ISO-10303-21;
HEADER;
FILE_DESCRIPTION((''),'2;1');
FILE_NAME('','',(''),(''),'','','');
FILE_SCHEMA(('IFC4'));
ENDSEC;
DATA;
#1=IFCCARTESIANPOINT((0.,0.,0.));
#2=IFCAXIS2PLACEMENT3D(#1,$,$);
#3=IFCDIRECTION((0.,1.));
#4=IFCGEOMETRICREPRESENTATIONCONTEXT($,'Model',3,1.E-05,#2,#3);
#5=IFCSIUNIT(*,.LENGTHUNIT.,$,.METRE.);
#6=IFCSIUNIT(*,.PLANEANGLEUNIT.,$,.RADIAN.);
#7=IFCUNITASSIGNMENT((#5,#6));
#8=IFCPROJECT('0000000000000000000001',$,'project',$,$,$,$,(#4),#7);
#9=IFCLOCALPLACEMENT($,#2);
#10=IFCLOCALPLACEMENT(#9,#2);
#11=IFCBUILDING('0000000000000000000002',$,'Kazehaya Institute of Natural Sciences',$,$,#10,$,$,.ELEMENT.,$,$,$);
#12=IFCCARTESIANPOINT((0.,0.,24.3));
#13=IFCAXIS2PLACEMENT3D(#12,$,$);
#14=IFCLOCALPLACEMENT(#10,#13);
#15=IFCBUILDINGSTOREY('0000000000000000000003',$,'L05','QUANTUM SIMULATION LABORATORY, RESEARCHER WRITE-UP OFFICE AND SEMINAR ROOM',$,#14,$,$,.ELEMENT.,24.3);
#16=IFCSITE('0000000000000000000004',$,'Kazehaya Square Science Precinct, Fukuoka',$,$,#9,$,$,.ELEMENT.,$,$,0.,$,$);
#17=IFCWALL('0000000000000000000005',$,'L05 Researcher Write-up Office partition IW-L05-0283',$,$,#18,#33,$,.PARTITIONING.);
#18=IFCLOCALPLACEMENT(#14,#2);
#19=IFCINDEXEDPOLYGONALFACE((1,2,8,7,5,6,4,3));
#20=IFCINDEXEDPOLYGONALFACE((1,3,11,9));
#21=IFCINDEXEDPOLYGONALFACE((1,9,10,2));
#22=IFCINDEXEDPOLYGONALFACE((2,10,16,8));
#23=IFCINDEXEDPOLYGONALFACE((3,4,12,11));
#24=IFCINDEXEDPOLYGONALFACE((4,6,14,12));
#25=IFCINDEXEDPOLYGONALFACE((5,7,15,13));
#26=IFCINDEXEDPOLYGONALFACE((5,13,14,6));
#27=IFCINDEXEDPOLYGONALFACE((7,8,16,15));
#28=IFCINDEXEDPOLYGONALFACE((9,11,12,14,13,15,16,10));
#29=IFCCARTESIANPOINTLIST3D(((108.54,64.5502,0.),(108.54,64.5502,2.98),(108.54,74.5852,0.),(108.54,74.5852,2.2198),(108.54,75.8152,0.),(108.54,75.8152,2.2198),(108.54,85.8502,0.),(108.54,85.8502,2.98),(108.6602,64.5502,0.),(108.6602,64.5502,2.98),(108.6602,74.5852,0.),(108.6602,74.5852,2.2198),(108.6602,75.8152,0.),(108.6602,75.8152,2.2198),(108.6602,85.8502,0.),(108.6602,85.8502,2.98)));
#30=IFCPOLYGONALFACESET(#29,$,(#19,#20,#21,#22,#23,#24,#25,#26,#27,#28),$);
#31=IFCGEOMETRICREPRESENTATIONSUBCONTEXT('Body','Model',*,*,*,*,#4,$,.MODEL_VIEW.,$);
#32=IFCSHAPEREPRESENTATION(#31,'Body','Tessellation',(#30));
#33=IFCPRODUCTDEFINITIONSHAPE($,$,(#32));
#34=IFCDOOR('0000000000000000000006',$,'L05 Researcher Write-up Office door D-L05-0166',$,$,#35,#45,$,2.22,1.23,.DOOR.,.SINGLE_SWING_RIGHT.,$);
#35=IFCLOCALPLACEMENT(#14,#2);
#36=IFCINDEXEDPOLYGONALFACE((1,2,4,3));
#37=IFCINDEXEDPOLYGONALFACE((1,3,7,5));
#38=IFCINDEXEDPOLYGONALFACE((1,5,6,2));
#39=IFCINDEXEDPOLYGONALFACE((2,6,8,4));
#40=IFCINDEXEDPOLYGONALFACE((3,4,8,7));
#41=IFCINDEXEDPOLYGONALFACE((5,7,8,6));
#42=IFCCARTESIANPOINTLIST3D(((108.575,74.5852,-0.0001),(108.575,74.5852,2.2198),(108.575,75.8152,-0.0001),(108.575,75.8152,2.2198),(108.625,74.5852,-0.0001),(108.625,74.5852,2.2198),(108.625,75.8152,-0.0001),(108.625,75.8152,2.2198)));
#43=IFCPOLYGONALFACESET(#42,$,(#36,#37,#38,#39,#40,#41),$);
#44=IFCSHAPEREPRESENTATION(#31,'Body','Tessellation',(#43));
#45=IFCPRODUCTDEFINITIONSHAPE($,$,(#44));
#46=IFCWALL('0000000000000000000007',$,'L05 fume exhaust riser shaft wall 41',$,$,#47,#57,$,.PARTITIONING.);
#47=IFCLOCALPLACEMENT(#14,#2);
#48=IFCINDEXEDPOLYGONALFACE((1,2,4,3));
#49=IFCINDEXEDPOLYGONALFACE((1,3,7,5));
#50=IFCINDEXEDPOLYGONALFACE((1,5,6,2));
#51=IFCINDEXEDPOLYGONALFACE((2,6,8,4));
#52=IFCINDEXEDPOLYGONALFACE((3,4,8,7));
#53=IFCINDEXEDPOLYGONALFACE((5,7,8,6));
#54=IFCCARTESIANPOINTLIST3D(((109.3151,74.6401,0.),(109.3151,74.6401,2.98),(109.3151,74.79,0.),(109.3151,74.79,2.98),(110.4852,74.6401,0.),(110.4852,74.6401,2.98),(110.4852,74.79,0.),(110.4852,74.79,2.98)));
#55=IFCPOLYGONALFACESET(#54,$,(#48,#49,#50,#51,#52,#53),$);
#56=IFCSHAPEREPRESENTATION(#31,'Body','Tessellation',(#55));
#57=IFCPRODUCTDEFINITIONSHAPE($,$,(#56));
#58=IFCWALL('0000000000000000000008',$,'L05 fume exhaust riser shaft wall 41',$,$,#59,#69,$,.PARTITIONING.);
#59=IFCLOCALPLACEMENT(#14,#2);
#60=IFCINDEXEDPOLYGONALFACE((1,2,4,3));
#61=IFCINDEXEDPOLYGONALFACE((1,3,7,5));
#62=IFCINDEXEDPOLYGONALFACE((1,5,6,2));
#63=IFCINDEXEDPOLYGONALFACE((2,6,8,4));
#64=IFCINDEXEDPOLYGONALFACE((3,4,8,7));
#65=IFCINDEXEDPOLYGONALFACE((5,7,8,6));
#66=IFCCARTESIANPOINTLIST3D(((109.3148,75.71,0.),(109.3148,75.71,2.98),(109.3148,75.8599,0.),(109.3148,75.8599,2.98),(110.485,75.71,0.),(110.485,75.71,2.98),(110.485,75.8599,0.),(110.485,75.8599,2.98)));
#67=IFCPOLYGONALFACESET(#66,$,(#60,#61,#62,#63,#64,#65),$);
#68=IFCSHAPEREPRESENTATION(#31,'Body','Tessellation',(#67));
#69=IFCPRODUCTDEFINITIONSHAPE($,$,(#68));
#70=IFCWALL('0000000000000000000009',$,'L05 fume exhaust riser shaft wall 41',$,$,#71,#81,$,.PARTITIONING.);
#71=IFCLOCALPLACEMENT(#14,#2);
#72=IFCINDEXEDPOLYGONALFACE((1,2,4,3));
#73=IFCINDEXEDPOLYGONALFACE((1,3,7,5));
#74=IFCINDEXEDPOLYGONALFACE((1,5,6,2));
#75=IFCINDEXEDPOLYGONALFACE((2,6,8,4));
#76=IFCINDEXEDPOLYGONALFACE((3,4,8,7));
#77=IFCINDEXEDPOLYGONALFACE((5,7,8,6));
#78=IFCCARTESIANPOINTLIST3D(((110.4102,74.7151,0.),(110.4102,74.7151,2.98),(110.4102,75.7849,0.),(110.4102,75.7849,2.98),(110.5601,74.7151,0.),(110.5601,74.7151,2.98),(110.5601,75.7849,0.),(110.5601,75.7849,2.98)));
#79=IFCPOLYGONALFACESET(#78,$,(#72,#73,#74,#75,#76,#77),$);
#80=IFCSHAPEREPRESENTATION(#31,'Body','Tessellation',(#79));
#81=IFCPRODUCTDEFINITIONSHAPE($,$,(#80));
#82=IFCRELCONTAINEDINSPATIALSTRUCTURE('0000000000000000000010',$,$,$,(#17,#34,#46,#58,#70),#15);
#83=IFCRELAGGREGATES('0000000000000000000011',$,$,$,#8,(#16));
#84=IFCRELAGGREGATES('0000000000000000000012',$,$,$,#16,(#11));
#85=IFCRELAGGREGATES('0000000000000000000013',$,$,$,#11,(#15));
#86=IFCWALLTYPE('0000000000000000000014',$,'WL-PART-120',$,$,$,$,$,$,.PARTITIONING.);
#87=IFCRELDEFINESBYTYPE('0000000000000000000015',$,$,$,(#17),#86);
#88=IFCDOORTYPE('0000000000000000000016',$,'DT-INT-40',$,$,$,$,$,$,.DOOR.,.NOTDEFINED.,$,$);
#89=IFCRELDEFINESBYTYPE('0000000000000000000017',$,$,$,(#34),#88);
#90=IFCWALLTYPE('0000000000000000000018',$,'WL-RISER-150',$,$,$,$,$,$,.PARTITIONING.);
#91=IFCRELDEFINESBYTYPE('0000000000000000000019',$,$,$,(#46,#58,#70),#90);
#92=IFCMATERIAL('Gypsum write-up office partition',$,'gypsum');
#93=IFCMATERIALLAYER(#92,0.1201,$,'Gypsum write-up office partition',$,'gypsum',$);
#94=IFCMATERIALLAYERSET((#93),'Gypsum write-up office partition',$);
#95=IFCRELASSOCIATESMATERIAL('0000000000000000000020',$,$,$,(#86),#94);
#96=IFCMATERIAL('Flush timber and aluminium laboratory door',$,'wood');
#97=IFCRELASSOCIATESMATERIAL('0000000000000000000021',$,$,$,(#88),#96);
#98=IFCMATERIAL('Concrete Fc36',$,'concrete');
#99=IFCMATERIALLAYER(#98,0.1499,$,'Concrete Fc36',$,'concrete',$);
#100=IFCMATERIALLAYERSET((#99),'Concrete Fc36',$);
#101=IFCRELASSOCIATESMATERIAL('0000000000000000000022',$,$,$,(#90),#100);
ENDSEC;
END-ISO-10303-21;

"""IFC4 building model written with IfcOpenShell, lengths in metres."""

from ifc_helpers import new_model, si_unit, direction, frame, frame_2d, origin, place, context, subcontext, project, spatial, rectangle, extrude, material, layer, layer_set, type_object, element, fill, save


model = new_model("IFC4")

# Units and contexts
model_context = context("Model", 3, precision=1e-05, world=origin(), true_north=direction((0.0, 1.0)))
body_context = subcontext(model_context, "Body", "Model", "MODEL_VIEW")
ifc_project = project(units=[si_unit("LENGTHUNIT", "METRE"), si_unit("PLANEANGLEUNIT", "RADIAN")], contexts=[model_context])

# Site, building, storey
site_placement = place(None, origin())
site = spatial("IfcSite", under=ifc_project, at=site_placement, Name="Kazehaya Square Science Precinct, Fukuoka", CompositionType="ELEMENT", RefElevation=0.0)
building_placement = place(site_placement, origin())
building = spatial("IfcBuilding", under=site, at=building_placement, Name="Kazehaya Institute of Natural Sciences", CompositionType="ELEMENT")
storey_placement = place(building_placement, frame((0.0, 0.0, 24.3)))
storey = spatial("IfcBuildingStorey", under=building, at=storey_placement, Name="L05", Description="QUANTUM SIMULATION LABORATORY, RESEARCHER WRITE-UP OFFICE AND SEMINAR ROOM", CompositionType="ELEMENT", Elevation=24.3)

# Shared definitions
ifc_material_1 = material(Name="Concrete Fc36", Category="concrete")

# Wall, opening, door
ifc_material_2 = material(Name="Gypsum write-up office partition", Category="gypsum")
ifc_layer_1 = layer(ifc_material_2, 0.1201, Name="Gypsum write-up office partition", Category="gypsum")
ifc_layer_set_1 = layer_set([ifc_layer_1], Name="Gypsum write-up office partition")
wall_type_1 = type_object("IfcWallType", Name="WL-PART-120", PredefinedType="PARTITIONING", material=ifc_layer_set_1)
wall_1_placement = place(storey_placement, frame((108.6001, 85.8501, 0.0), z_axis=(0.0, 0.0, 1.0), x_axis=(0.0, -1.0, 0.0)))
wall_1 = element("IfcWall", 1, at=wall_1_placement, inside=storey, type_object=wall_type_1, Name="L05 Researcher Write-up Office partition IW-L05-0283", PredefinedType="PARTITIONING", context=body_context, shape_type="SweptSolid", body=[
    extrude(rectangle(XDim=21.3, YDim=0.1201, at=frame_2d((10.6499, 0.0))), origin(), (0.0, 0.0, 1.0), 2.98),
])
opening_1_placement = place(wall_1_placement, frame((10.0349, 0.0, 0.0)))
opening_1 = element("IfcOpeningElement", 2, at=opening_1_placement, cuts=wall_1, PredefinedType="OPENING", context=body_context, shape_type="SweptSolid", body=[
    extrude(rectangle(XDim=1.23, YDim=2.22, at=frame_2d((0.615, 1.1099))), frame((0.0, 0.0701, 0.0), z_axis=(0.0, -1.0, 0.0), x_axis=(1.0, 0.0, 0.0)), (0.0, 0.0, 1.0), 0.1401),
])
ifc_material_3 = material(Name="Flush timber and aluminium laboratory door", Category="wood")
door_type = type_object("IfcDoorType", Name="DT-INT-40", OperationType="NOTDEFINED", PredefinedType="DOOR", material=ifc_material_3)
door_placement = place(opening_1_placement, origin())
door = element("IfcDoor", 3, at=door_placement, inside=storey, type_object=door_type, Name="L05 Researcher Write-up Office door D-L05-0166", OperationType="SINGLE_SWING_RIGHT", OverallHeight=2.22, OverallWidth=1.23, PredefinedType="DOOR", context=body_context, shape_type="SweptSolid", body=[
    extrude(rectangle(XDim=1.23, YDim=2.22, at=frame_2d((0.615, 1.1099))), frame((0.0, 0.0249, 0.0), z_axis=(0.0, -1.0, 0.0), x_axis=(1.0, 0.0, 0.0)), (0.0, 0.0, 1.0), 0.05),
])
fill(opening_1, door)

# Walls
ifc_layer_2 = layer(ifc_material_1, 0.1499, Name="Concrete Fc36", Category="concrete")
ifc_layer_set_2 = layer_set([ifc_layer_2], Name="Concrete Fc36")
wall_type_2 = type_object("IfcWallType", Name="WL-RISER-150", PredefinedType="PARTITIONING", material=ifc_layer_set_2)
for number, where, z_axis, x_axis, name in (
    (4, (110.4851, 74.7151, 0.0), (0.0, 0.0, 1.0), (-1.0, 0.0, 0.0), "L05 fume exhaust riser shaft wall 41"),
    (5, (109.3149, 75.7849, 0.0), (0.0, 0.0, 1.0), (1.0, 0.0, 0.0), "L05 fume exhaust riser shaft wall 41"),
):
    element("IfcWall", number, at=place(storey_placement, frame(where, z_axis=z_axis, x_axis=x_axis)), inside=storey, type_object=wall_type_2, Name=name, PredefinedType="PARTITIONING", context=body_context, shape_type="SweptSolid", body=[
        extrude(rectangle(XDim=1.1702, YDim=0.1499, at=frame_2d((0.585, 0.0))), origin(), (0.0, 0.0, 1.0), 2.98),
    ])
wall_2_placement = place(storey_placement, frame((110.4851, 75.7849, 0.0), z_axis=(0.0, 0.0, 1.0), x_axis=(0.0, -1.0, 0.0)))
element("IfcWall", 6, at=wall_2_placement, inside=storey, type_object=wall_type_2, Name="L05 fume exhaust riser shaft wall 41", PredefinedType="PARTITIONING", context=body_context, shape_type="SweptSolid", body=[
    extrude(rectangle(XDim=1.0698, YDim=0.1499, at=frame_2d((0.5349, 0.0))), origin(), (0.0, 0.0, 1.0), 2.98),
])

save(model, "model.ifc")
